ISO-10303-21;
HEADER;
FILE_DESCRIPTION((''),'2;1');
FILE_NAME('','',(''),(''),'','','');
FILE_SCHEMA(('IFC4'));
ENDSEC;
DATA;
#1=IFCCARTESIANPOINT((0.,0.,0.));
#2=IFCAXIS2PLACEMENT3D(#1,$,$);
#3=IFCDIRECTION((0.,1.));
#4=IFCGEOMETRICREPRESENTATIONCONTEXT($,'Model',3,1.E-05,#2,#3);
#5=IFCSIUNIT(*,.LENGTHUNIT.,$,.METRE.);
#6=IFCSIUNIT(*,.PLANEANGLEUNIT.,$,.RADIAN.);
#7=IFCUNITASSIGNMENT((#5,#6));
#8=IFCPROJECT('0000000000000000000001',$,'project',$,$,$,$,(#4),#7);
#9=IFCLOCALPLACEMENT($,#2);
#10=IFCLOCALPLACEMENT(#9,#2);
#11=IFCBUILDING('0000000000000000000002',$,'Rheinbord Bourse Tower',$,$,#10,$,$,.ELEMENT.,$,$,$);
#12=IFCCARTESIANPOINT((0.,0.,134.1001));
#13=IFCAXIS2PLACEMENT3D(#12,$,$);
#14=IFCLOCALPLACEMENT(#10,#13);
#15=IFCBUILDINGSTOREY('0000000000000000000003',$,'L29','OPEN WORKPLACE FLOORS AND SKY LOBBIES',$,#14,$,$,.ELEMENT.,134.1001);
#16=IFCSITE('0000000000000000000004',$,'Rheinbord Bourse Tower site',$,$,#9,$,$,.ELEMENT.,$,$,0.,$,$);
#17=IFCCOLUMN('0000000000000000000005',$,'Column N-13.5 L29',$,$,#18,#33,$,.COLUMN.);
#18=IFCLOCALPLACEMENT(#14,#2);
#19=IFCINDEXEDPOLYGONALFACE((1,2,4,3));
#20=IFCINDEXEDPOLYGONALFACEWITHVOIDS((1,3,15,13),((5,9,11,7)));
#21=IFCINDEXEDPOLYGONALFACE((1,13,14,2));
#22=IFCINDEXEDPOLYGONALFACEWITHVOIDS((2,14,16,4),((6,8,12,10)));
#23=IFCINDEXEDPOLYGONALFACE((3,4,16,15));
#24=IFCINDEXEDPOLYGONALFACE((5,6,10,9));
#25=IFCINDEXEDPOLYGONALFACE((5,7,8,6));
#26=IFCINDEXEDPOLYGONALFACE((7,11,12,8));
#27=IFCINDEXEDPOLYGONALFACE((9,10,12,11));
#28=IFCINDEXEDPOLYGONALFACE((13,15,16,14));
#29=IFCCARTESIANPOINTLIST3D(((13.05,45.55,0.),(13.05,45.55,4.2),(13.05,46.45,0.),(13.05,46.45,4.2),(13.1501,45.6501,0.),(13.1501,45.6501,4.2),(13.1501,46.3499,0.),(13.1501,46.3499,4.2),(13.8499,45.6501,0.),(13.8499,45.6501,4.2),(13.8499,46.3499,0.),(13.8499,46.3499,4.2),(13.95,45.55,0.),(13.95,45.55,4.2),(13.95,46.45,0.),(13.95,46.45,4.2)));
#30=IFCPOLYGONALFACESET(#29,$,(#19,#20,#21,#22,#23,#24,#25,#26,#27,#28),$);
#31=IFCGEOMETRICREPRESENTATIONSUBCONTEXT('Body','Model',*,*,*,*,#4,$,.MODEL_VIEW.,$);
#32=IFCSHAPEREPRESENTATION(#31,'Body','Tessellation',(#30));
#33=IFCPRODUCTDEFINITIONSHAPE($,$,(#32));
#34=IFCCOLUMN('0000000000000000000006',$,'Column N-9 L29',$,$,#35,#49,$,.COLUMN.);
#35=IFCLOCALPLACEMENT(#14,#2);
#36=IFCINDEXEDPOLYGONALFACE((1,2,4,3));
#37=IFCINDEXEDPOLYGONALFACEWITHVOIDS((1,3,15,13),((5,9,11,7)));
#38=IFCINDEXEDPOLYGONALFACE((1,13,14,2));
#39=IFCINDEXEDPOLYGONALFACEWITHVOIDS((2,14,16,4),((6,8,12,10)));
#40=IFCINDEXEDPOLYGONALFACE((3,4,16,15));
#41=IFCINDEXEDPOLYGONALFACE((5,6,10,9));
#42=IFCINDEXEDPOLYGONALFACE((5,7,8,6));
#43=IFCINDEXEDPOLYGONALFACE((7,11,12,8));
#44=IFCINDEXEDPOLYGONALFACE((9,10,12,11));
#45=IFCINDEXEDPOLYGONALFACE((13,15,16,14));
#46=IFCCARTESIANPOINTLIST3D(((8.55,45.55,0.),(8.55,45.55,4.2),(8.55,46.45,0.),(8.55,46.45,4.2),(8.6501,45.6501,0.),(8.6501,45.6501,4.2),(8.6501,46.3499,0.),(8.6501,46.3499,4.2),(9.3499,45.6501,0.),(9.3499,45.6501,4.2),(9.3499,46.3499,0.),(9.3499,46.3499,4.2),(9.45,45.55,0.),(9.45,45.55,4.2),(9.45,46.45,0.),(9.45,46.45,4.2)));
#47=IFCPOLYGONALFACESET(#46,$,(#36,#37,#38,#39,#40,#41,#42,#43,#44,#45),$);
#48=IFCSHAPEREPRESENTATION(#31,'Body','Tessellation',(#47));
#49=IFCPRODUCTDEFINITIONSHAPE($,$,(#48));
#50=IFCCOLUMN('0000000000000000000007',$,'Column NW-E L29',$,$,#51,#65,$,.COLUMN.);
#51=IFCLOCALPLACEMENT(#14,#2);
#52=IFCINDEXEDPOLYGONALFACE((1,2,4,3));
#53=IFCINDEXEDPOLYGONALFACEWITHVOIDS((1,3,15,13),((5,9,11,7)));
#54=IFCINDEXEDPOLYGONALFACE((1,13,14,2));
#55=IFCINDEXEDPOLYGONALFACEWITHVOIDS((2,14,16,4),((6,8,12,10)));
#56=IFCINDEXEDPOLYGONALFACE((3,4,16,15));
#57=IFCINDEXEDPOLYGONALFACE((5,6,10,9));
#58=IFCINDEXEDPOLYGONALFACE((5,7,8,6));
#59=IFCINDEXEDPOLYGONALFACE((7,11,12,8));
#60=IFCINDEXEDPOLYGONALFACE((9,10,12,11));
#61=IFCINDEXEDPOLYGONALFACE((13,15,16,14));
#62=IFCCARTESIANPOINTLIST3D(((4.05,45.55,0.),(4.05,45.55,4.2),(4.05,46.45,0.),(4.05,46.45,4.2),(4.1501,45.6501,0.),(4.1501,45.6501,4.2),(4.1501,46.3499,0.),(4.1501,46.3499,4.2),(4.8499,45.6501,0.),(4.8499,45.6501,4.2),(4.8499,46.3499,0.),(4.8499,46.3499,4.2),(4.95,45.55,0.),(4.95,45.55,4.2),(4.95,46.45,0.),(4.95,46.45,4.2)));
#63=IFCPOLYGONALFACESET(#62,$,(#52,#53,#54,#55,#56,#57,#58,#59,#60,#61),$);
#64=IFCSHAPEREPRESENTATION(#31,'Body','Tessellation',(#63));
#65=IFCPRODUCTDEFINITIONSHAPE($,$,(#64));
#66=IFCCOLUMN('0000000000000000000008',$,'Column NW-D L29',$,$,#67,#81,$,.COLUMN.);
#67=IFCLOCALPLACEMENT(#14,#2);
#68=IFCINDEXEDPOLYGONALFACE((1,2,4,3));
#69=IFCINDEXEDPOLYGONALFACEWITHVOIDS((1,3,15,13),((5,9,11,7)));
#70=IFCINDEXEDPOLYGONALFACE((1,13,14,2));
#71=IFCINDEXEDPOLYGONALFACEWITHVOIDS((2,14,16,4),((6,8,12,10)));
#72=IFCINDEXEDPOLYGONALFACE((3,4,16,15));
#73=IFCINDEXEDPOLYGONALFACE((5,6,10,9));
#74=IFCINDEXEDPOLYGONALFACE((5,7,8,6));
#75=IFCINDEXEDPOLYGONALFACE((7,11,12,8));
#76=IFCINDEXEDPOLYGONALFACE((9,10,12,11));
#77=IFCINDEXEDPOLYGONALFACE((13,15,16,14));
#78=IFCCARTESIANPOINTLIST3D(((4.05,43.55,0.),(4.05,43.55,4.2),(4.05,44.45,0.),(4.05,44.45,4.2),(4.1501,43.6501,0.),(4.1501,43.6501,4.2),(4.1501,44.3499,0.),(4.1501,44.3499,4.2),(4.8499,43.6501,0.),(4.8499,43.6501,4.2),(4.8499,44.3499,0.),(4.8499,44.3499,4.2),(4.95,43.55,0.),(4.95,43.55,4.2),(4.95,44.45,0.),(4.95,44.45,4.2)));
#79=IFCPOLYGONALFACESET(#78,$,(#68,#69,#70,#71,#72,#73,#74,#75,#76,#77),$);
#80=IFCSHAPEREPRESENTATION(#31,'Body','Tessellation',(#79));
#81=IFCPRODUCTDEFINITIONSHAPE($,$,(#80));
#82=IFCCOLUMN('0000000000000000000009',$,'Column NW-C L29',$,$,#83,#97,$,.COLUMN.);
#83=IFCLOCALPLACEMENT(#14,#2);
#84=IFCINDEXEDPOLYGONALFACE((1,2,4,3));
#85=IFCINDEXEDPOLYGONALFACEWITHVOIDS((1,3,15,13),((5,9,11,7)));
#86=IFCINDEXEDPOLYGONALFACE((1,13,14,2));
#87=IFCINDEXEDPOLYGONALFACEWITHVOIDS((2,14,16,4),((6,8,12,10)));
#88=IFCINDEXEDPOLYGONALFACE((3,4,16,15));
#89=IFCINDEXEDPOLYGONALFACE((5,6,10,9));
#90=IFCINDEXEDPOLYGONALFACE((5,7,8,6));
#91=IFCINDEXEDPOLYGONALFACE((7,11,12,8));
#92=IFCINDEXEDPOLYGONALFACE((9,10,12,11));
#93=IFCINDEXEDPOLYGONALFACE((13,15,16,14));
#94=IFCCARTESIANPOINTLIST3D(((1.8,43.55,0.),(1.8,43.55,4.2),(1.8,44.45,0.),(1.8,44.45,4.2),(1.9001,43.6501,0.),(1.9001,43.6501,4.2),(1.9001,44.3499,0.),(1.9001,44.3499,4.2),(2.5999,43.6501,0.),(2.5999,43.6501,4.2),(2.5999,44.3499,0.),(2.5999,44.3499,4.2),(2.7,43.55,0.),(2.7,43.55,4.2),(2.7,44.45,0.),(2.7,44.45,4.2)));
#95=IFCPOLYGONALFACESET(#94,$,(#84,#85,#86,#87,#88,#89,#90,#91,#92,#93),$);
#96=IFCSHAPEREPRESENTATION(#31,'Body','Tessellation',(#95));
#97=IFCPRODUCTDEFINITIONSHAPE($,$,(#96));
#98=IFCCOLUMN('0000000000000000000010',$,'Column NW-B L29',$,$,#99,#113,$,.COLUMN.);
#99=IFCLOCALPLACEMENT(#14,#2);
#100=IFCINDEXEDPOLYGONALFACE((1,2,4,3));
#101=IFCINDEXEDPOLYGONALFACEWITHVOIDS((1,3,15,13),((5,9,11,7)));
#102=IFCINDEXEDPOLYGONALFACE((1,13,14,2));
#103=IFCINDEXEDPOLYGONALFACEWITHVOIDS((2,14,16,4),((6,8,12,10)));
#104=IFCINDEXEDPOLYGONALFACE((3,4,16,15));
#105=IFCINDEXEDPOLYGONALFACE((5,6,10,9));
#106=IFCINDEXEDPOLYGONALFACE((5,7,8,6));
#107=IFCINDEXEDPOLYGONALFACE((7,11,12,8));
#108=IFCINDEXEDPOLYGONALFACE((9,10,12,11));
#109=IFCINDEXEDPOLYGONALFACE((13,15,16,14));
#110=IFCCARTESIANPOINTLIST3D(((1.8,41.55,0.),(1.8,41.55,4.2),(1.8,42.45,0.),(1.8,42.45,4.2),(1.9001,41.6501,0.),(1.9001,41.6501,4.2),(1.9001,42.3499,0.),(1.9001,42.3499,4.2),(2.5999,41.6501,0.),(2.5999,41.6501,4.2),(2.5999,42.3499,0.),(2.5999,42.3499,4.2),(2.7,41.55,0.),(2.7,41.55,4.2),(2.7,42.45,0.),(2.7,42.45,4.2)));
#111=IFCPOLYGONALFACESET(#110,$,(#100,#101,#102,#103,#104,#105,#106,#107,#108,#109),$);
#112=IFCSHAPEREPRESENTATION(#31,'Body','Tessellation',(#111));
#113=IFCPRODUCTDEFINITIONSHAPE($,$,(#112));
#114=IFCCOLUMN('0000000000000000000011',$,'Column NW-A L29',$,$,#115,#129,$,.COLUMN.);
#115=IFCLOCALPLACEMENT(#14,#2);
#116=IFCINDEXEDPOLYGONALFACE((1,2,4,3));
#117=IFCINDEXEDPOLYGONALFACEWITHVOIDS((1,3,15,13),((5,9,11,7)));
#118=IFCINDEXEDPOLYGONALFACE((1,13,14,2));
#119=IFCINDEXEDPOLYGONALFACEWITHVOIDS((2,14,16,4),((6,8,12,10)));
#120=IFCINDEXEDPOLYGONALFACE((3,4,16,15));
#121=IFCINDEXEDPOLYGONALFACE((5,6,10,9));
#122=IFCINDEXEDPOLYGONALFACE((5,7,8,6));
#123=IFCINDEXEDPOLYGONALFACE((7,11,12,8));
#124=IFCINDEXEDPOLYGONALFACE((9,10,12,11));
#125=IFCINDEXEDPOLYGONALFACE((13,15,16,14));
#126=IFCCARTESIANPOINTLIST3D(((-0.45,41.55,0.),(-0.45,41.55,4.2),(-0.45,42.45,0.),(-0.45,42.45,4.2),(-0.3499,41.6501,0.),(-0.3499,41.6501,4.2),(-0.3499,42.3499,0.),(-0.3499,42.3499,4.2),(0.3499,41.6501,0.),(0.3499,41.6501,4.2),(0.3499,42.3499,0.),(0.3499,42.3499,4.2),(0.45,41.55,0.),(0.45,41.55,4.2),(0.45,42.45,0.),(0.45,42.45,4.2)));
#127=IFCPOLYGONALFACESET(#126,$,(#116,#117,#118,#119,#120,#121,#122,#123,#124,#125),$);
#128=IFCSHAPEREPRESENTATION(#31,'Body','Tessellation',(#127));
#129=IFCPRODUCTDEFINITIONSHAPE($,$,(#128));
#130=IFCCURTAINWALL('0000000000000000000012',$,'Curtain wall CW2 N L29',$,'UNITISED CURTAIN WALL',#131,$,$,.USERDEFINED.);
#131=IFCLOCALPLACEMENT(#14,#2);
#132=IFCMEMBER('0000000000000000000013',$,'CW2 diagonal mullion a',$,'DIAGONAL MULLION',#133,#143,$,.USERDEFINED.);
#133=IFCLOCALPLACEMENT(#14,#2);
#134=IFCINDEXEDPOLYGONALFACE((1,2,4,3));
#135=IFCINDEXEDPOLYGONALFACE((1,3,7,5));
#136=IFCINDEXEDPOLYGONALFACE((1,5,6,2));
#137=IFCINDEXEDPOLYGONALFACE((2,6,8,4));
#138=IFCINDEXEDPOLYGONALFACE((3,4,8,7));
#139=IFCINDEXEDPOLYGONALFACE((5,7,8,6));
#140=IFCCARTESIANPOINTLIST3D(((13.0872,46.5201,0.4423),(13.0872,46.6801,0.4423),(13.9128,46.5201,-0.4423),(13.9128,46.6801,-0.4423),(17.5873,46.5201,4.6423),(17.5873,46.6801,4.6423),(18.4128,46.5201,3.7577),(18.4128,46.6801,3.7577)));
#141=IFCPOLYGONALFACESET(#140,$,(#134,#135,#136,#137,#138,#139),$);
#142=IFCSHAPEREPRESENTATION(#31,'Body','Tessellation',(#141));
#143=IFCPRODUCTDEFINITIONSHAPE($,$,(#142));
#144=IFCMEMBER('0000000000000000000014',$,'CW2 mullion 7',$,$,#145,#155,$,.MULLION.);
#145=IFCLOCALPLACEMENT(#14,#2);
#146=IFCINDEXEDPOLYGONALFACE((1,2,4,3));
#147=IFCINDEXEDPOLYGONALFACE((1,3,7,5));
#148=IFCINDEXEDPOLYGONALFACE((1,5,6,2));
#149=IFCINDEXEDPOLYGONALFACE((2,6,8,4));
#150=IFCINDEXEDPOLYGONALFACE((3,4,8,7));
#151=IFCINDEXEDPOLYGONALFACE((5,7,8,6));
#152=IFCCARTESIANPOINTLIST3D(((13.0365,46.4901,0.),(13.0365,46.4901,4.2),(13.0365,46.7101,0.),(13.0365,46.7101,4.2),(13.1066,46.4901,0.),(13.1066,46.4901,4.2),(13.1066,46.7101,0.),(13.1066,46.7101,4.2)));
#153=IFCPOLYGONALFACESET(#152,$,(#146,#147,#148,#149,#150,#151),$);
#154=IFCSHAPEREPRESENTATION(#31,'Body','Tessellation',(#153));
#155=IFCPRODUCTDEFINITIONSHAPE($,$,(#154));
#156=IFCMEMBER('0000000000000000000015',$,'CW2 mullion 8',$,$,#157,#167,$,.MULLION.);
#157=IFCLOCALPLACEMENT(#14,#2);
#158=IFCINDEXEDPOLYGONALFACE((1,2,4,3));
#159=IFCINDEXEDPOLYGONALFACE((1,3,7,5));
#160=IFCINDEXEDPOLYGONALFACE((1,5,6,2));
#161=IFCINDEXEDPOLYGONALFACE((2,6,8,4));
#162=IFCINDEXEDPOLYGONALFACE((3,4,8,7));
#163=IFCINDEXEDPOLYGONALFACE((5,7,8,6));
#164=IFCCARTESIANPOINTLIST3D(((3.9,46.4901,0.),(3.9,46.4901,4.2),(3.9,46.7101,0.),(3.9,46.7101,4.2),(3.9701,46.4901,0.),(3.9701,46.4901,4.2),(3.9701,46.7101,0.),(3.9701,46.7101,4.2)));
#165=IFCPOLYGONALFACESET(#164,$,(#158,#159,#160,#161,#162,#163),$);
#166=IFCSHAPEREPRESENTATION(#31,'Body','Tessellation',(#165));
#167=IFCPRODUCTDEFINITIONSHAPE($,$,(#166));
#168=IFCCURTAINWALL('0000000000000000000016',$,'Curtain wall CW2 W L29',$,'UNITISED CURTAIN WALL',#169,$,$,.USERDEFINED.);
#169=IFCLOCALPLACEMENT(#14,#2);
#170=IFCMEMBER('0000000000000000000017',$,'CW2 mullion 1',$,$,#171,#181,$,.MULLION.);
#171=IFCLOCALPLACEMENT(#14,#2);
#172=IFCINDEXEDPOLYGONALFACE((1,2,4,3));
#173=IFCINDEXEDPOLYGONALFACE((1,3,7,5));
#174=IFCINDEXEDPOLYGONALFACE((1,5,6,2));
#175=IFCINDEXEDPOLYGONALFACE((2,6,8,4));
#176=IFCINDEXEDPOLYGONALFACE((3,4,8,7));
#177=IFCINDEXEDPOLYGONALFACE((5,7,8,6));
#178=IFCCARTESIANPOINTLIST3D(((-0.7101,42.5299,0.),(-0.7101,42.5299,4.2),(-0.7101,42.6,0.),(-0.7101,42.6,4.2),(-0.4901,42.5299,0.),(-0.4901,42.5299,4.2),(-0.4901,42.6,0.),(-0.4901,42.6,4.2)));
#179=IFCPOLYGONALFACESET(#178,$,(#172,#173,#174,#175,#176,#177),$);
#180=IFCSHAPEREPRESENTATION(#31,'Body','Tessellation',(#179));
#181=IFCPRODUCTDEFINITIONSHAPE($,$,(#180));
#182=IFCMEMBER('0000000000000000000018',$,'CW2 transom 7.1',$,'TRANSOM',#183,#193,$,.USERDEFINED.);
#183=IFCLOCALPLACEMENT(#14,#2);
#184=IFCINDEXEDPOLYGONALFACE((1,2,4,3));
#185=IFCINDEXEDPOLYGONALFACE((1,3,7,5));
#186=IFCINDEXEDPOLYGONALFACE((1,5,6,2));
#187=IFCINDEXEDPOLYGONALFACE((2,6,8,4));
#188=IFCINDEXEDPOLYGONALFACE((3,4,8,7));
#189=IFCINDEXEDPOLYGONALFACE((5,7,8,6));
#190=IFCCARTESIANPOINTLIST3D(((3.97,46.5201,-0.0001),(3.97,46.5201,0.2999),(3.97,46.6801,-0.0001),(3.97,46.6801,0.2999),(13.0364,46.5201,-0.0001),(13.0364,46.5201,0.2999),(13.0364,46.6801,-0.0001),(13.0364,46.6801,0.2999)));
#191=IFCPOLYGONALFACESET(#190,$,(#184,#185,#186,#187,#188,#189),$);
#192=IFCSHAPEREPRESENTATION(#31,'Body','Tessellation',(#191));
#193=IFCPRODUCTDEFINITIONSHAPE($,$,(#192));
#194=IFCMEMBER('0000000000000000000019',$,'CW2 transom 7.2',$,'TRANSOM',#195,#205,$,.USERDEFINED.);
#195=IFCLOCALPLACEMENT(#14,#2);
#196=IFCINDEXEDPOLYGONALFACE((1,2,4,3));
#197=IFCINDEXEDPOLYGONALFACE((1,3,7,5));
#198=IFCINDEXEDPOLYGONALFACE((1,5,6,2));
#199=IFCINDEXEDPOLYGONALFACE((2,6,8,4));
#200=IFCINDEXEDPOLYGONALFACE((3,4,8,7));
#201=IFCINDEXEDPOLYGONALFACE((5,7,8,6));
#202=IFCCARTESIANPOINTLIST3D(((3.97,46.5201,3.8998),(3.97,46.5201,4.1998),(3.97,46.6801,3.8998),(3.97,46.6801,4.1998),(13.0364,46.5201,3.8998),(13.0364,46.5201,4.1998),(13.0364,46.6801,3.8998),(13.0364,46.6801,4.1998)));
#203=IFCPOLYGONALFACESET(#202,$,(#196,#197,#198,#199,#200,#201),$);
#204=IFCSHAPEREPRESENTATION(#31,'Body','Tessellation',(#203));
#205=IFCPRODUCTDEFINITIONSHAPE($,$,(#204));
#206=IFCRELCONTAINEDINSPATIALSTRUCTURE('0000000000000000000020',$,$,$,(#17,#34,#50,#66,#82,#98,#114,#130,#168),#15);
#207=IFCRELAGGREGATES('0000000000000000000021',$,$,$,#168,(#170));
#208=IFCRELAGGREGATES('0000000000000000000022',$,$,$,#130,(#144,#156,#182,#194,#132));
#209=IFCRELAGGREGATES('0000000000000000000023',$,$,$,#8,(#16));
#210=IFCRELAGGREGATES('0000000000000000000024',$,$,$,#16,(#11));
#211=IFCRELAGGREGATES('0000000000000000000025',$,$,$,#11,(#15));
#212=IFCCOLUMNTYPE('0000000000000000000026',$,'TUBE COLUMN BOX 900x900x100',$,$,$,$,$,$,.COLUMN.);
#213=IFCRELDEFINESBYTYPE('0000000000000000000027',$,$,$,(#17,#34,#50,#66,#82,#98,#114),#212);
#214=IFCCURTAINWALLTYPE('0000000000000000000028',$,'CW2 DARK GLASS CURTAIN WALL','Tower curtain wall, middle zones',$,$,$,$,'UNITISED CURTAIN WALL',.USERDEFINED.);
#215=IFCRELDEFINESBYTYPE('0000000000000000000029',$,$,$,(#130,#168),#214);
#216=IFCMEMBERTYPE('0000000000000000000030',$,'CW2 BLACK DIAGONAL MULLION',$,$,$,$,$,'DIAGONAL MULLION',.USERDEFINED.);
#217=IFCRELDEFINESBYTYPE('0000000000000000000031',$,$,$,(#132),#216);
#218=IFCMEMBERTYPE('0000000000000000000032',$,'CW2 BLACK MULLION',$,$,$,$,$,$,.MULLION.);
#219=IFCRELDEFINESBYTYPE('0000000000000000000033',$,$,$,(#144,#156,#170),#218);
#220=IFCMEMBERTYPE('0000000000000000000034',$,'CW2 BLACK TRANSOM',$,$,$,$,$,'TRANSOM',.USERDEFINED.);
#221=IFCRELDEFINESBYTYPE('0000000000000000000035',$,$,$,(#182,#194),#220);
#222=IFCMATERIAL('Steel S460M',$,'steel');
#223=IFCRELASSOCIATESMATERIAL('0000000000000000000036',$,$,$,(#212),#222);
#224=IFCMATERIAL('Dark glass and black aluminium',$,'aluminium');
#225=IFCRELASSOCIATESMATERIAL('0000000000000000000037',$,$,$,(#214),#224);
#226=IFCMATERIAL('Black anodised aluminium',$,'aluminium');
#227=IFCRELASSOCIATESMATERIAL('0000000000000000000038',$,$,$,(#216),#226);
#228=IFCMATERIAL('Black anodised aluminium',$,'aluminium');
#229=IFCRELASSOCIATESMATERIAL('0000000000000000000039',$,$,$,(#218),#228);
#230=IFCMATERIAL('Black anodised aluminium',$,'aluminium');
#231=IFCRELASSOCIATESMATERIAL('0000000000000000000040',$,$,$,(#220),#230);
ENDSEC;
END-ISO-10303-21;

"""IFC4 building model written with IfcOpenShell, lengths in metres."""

from ifc_helpers import new_model, si_unit, direction, frame, origin, origin_2d, place, context, subcontext, project, spatial, rectangle, hollow_rectangle, extrude, material, material_profile, profile_set, type_object, element, aggregate, save


model = new_model("IFC4")

# Units and contexts
model_context = context("Model", 3, precision=1e-05, world=origin(), true_north=direction((0.0, 1.0)))
body_context = subcontext(model_context, "Body", "Model", "MODEL_VIEW")
ifc_project = project(units=[si_unit("LENGTHUNIT", "METRE"), si_unit("PLANEANGLEUNIT", "RADIAN")], contexts=[model_context])

# Site, building, storey
site_placement = place(None, origin())
site = spatial("IfcSite", under=ifc_project, at=site_placement, Name="Rheinbord Bourse Tower site", CompositionType="ELEMENT", RefElevation=0.0)
building_placement = place(site_placement, origin())
building = spatial("IfcBuilding", under=site, at=building_placement, Name="Rheinbord Bourse Tower", CompositionType="ELEMENT")
storey_placement = place(building_placement, frame((0.0, 0.0, 134.1001)))
storey = spatial("IfcBuildingStorey", under=building, at=storey_placement, Name="L29", Description="OPEN WORKPLACE FLOORS AND SKY LOBBIES", CompositionType="ELEMENT", Elevation=134.1001)

# Columns
ifc_material_1 = material(Name="Steel S460M", Category="steel")
ifc_material_profile_1 = material_profile(ifc_material_1, hollow_rectangle(XDim=0.8999, YDim=0.8999, WallThickness=0.1001, at=origin_2d()), Name="BOX 900x900x100")
ifc_profile_set_1 = profile_set([ifc_material_profile_1], Name="Steel S460M")
column_type = type_object("IfcColumnType", Name="TUBE COLUMN BOX 900x900x100", PredefinedType="COLUMN", material=ifc_profile_set_1)
for number, where, z_axis, x_axis, name in (
    (1, (13.5, 46.0, 0.0), (0.0, 0.0, 1.0), (0.0, 1.0, 0.0), "Column N-13.5 L29"),
    (2, (9.0, 46.0, 0.0), (0.0, 0.0, 1.0), (0.0, 1.0, 0.0), "Column N-9 L29"),
    (3, (4.5, 46.0, 0.0), (0.0, 0.0, 1.0), (0.0, 1.0, 0.0), "Column NW-E L29"),
    (4, (4.5, 44.0, 0.0), (0.0, 0.0, 1.0), (0.0, 1.0, 0.0), "Column NW-D L29"),
    (5, (2.25, 44.0, 0.0), (0.0, 0.0, 1.0), (1.0, 0.0, 0.0), "Column NW-C L29"),
    (6, (2.25, 42.0, 0.0), (0.0, 0.0, 1.0), (1.0, 0.0, 0.0), "Column NW-B L29"),
    (7, (0.0, 42.0, 0.0), (0.0, 0.0, 1.0), (1.0, 0.0, 0.0), "Column NW-A L29"),
):
    element("IfcColumn", number, at=place(storey_placement, frame(where, z_axis=z_axis, x_axis=x_axis)), inside=storey, type_object=column_type, Name=name, PredefinedType="COLUMN", context=body_context, shape_type="SweptSolid", body=[
        extrude(hollow_rectangle(XDim=0.8999, YDim=0.8999, WallThickness=0.1001, at=origin_2d()), origin(), (0.0, 0.0, 1.0), 4.2),
    ])

# Curtain wall, members
ifc_material_2 = material(Name="Dark glass and black aluminium", Category="aluminium")
curtain_wall_type = type_object("IfcCurtainWallType", Name="CW2 DARK GLASS CURTAIN WALL", Description="Tower curtain wall, middle zones", ElementType="UNITISED CURTAIN WALL", PredefinedType="USERDEFINED", material=ifc_material_2)
curtain_wall_1_placement = place(storey_placement, origin())
curtain_wall_1 = element("IfcCurtainWall", 8, at=curtain_wall_1_placement, inside=storey, type_object=curtain_wall_type, Name="Curtain wall CW2 N L29", ObjectType="UNITISED CURTAIN WALL", PredefinedType="USERDEFINED")
ifc_material_3 = material(Name="Black anodised aluminium", Category="aluminium")
ifc_material_profile_2 = material_profile(ifc_material_3, rectangle(XDim=0.1599, YDim=1.21, at=origin_2d()), Name="CW2 DIAGONAL MULLION 1210x160")
ifc_profile_set_2 = profile_set([ifc_material_profile_2], Name="Black anodised aluminium")
member_type_1 = type_object("IfcMemberType", Name="CW2 BLACK DIAGONAL MULLION", ElementType="DIAGONAL MULLION", PredefinedType="USERDEFINED", material=ifc_profile_set_2)
member_1_placement = place(storey_placement, frame((13.5, 46.6001, 0.0), z_axis=(0.731059, 0.0, 0.682314), x_axis=(0.0, 1.0, 0.0)))
member_1 = element("IfcMember", 9, at=member_1_placement, type_object=member_type_1, Name="CW2 diagonal mullion a", ObjectType="DIAGONAL MULLION", PredefinedType="USERDEFINED", context=body_context, shape_type="SweptSolid", body=[
    extrude(rectangle(XDim=0.1599, YDim=1.21, at=origin_2d()), origin(), (0.0, 0.0, 1.0), 6.1555),
])
ifc_material_4 = material(Name="Black anodised aluminium", Category="aluminium")
ifc_material_profile_3 = material_profile(ifc_material_4, rectangle(XDim=0.22, YDim=0.0701, at=origin_2d()), Name="CW2 MULLION 70x220")
ifc_profile_set_3 = profile_set([ifc_material_profile_3], Name="Black anodised aluminium")
member_type_2 = type_object("IfcMemberType", Name="CW2 BLACK MULLION", PredefinedType="MULLION", material=ifc_profile_set_3)
member_2_placement = place(storey_placement, frame((13.0715, 46.6001, 0.0), z_axis=(0.0, 0.0, 1.0), x_axis=(0.0, -1.0, 0.0)))
member_2 = element("IfcMember", 10, at=member_2_placement, type_object=member_type_2, Name="CW2 mullion 7", PredefinedType="MULLION", context=body_context, shape_type="SweptSolid", body=[
    extrude(rectangle(XDim=0.22, YDim=0.0701, at=origin_2d()), origin(), (0.0, 0.0, 1.0), 4.2),
])
member_3_placement = place(storey_placement, frame((3.9351, 46.6001, 0.0), z_axis=(0.0, 0.0, 1.0), x_axis=(0.0, -1.0, 0.0)))
member_3 = element("IfcMember", 11, at=member_3_placement, type_object=member_type_2, Name="CW2 mullion 8", PredefinedType="MULLION", context=body_context, shape_type="SweptSolid", body=[
    extrude(rectangle(XDim=0.22, YDim=0.0701, at=origin_2d()), origin(), (0.0, 0.0, 1.0), 4.2),
])

# Curtain wall, member
curtain_wall_2_placement = place(storey_placement, origin())
curtain_wall_2 = element("IfcCurtainWall", 12, at=curtain_wall_2_placement, inside=storey, type_object=curtain_wall_type, Name="Curtain wall CW2 W L29", ObjectType="UNITISED CURTAIN WALL", PredefinedType="USERDEFINED")
member_4_placement = place(storey_placement, frame((-0.6001, 42.5649, 0.0), z_axis=(0.0, 0.0, 1.0), x_axis=(1.0, 0.0, 0.0)))
member_4 = element("IfcMember", 13, at=member_4_placement, type_object=member_type_2, Name="CW2 mullion 1", PredefinedType="MULLION", context=body_context, shape_type="SweptSolid", body=[
    extrude(rectangle(XDim=0.22, YDim=0.0701, at=origin_2d()), origin(), (0.0, 0.0, 1.0), 4.2),
])

# Members
ifc_material_5 = material(Name="Black anodised aluminium", Category="aluminium")
ifc_material_profile_4 = material_profile(ifc_material_5, rectangle(XDim=0.1599, YDim=0.3, at=origin_2d()), Name="CW2 TRANSOM 300x160")
ifc_profile_set_4 = profile_set([ifc_material_profile_4], Name="Black anodised aluminium")
member_type_3 = type_object("IfcMemberType", Name="CW2 BLACK TRANSOM", ElementType="TRANSOM", PredefinedType="USERDEFINED", material=ifc_profile_set_4)
member_5_placement = place(storey_placement, frame((13.0364, 46.6001, 0.1499), z_axis=(-1.0, 0.0, 0.0), x_axis=(0.0, -1.0, 0.0)))
member_5 = element("IfcMember", 14, at=member_5_placement, type_object=member_type_3, Name="CW2 transom 7.1", ObjectType="TRANSOM", PredefinedType="USERDEFINED", context=body_context, shape_type="SweptSolid", body=[
    extrude(rectangle(XDim=0.1599, YDim=0.3, at=origin_2d()), origin(), (0.0, 0.0, 1.0), 9.0664),
])
member_6_placement = place(storey_placement, frame((13.0364, 46.6001, 4.0498), z_axis=(-1.0, 0.0, 0.0), x_axis=(0.0, -1.0, 0.0)))
member_6 = element("IfcMember", 15, at=member_6_placement, type_object=member_type_3, Name="CW2 transom 7.2", ObjectType="TRANSOM", PredefinedType="USERDEFINED", context=body_context, shape_type="SweptSolid", body=[
    extrude(rectangle(XDim=0.1599, YDim=0.3, at=origin_2d()), origin(), (0.0, 0.0, 1.0), 9.0664),
])
aggregate(curtain_wall_2, [member_4])

aggregate(curtain_wall_1, [member_2, member_3, member_5, member_6, member_1])

save(model, "model.ifc")
